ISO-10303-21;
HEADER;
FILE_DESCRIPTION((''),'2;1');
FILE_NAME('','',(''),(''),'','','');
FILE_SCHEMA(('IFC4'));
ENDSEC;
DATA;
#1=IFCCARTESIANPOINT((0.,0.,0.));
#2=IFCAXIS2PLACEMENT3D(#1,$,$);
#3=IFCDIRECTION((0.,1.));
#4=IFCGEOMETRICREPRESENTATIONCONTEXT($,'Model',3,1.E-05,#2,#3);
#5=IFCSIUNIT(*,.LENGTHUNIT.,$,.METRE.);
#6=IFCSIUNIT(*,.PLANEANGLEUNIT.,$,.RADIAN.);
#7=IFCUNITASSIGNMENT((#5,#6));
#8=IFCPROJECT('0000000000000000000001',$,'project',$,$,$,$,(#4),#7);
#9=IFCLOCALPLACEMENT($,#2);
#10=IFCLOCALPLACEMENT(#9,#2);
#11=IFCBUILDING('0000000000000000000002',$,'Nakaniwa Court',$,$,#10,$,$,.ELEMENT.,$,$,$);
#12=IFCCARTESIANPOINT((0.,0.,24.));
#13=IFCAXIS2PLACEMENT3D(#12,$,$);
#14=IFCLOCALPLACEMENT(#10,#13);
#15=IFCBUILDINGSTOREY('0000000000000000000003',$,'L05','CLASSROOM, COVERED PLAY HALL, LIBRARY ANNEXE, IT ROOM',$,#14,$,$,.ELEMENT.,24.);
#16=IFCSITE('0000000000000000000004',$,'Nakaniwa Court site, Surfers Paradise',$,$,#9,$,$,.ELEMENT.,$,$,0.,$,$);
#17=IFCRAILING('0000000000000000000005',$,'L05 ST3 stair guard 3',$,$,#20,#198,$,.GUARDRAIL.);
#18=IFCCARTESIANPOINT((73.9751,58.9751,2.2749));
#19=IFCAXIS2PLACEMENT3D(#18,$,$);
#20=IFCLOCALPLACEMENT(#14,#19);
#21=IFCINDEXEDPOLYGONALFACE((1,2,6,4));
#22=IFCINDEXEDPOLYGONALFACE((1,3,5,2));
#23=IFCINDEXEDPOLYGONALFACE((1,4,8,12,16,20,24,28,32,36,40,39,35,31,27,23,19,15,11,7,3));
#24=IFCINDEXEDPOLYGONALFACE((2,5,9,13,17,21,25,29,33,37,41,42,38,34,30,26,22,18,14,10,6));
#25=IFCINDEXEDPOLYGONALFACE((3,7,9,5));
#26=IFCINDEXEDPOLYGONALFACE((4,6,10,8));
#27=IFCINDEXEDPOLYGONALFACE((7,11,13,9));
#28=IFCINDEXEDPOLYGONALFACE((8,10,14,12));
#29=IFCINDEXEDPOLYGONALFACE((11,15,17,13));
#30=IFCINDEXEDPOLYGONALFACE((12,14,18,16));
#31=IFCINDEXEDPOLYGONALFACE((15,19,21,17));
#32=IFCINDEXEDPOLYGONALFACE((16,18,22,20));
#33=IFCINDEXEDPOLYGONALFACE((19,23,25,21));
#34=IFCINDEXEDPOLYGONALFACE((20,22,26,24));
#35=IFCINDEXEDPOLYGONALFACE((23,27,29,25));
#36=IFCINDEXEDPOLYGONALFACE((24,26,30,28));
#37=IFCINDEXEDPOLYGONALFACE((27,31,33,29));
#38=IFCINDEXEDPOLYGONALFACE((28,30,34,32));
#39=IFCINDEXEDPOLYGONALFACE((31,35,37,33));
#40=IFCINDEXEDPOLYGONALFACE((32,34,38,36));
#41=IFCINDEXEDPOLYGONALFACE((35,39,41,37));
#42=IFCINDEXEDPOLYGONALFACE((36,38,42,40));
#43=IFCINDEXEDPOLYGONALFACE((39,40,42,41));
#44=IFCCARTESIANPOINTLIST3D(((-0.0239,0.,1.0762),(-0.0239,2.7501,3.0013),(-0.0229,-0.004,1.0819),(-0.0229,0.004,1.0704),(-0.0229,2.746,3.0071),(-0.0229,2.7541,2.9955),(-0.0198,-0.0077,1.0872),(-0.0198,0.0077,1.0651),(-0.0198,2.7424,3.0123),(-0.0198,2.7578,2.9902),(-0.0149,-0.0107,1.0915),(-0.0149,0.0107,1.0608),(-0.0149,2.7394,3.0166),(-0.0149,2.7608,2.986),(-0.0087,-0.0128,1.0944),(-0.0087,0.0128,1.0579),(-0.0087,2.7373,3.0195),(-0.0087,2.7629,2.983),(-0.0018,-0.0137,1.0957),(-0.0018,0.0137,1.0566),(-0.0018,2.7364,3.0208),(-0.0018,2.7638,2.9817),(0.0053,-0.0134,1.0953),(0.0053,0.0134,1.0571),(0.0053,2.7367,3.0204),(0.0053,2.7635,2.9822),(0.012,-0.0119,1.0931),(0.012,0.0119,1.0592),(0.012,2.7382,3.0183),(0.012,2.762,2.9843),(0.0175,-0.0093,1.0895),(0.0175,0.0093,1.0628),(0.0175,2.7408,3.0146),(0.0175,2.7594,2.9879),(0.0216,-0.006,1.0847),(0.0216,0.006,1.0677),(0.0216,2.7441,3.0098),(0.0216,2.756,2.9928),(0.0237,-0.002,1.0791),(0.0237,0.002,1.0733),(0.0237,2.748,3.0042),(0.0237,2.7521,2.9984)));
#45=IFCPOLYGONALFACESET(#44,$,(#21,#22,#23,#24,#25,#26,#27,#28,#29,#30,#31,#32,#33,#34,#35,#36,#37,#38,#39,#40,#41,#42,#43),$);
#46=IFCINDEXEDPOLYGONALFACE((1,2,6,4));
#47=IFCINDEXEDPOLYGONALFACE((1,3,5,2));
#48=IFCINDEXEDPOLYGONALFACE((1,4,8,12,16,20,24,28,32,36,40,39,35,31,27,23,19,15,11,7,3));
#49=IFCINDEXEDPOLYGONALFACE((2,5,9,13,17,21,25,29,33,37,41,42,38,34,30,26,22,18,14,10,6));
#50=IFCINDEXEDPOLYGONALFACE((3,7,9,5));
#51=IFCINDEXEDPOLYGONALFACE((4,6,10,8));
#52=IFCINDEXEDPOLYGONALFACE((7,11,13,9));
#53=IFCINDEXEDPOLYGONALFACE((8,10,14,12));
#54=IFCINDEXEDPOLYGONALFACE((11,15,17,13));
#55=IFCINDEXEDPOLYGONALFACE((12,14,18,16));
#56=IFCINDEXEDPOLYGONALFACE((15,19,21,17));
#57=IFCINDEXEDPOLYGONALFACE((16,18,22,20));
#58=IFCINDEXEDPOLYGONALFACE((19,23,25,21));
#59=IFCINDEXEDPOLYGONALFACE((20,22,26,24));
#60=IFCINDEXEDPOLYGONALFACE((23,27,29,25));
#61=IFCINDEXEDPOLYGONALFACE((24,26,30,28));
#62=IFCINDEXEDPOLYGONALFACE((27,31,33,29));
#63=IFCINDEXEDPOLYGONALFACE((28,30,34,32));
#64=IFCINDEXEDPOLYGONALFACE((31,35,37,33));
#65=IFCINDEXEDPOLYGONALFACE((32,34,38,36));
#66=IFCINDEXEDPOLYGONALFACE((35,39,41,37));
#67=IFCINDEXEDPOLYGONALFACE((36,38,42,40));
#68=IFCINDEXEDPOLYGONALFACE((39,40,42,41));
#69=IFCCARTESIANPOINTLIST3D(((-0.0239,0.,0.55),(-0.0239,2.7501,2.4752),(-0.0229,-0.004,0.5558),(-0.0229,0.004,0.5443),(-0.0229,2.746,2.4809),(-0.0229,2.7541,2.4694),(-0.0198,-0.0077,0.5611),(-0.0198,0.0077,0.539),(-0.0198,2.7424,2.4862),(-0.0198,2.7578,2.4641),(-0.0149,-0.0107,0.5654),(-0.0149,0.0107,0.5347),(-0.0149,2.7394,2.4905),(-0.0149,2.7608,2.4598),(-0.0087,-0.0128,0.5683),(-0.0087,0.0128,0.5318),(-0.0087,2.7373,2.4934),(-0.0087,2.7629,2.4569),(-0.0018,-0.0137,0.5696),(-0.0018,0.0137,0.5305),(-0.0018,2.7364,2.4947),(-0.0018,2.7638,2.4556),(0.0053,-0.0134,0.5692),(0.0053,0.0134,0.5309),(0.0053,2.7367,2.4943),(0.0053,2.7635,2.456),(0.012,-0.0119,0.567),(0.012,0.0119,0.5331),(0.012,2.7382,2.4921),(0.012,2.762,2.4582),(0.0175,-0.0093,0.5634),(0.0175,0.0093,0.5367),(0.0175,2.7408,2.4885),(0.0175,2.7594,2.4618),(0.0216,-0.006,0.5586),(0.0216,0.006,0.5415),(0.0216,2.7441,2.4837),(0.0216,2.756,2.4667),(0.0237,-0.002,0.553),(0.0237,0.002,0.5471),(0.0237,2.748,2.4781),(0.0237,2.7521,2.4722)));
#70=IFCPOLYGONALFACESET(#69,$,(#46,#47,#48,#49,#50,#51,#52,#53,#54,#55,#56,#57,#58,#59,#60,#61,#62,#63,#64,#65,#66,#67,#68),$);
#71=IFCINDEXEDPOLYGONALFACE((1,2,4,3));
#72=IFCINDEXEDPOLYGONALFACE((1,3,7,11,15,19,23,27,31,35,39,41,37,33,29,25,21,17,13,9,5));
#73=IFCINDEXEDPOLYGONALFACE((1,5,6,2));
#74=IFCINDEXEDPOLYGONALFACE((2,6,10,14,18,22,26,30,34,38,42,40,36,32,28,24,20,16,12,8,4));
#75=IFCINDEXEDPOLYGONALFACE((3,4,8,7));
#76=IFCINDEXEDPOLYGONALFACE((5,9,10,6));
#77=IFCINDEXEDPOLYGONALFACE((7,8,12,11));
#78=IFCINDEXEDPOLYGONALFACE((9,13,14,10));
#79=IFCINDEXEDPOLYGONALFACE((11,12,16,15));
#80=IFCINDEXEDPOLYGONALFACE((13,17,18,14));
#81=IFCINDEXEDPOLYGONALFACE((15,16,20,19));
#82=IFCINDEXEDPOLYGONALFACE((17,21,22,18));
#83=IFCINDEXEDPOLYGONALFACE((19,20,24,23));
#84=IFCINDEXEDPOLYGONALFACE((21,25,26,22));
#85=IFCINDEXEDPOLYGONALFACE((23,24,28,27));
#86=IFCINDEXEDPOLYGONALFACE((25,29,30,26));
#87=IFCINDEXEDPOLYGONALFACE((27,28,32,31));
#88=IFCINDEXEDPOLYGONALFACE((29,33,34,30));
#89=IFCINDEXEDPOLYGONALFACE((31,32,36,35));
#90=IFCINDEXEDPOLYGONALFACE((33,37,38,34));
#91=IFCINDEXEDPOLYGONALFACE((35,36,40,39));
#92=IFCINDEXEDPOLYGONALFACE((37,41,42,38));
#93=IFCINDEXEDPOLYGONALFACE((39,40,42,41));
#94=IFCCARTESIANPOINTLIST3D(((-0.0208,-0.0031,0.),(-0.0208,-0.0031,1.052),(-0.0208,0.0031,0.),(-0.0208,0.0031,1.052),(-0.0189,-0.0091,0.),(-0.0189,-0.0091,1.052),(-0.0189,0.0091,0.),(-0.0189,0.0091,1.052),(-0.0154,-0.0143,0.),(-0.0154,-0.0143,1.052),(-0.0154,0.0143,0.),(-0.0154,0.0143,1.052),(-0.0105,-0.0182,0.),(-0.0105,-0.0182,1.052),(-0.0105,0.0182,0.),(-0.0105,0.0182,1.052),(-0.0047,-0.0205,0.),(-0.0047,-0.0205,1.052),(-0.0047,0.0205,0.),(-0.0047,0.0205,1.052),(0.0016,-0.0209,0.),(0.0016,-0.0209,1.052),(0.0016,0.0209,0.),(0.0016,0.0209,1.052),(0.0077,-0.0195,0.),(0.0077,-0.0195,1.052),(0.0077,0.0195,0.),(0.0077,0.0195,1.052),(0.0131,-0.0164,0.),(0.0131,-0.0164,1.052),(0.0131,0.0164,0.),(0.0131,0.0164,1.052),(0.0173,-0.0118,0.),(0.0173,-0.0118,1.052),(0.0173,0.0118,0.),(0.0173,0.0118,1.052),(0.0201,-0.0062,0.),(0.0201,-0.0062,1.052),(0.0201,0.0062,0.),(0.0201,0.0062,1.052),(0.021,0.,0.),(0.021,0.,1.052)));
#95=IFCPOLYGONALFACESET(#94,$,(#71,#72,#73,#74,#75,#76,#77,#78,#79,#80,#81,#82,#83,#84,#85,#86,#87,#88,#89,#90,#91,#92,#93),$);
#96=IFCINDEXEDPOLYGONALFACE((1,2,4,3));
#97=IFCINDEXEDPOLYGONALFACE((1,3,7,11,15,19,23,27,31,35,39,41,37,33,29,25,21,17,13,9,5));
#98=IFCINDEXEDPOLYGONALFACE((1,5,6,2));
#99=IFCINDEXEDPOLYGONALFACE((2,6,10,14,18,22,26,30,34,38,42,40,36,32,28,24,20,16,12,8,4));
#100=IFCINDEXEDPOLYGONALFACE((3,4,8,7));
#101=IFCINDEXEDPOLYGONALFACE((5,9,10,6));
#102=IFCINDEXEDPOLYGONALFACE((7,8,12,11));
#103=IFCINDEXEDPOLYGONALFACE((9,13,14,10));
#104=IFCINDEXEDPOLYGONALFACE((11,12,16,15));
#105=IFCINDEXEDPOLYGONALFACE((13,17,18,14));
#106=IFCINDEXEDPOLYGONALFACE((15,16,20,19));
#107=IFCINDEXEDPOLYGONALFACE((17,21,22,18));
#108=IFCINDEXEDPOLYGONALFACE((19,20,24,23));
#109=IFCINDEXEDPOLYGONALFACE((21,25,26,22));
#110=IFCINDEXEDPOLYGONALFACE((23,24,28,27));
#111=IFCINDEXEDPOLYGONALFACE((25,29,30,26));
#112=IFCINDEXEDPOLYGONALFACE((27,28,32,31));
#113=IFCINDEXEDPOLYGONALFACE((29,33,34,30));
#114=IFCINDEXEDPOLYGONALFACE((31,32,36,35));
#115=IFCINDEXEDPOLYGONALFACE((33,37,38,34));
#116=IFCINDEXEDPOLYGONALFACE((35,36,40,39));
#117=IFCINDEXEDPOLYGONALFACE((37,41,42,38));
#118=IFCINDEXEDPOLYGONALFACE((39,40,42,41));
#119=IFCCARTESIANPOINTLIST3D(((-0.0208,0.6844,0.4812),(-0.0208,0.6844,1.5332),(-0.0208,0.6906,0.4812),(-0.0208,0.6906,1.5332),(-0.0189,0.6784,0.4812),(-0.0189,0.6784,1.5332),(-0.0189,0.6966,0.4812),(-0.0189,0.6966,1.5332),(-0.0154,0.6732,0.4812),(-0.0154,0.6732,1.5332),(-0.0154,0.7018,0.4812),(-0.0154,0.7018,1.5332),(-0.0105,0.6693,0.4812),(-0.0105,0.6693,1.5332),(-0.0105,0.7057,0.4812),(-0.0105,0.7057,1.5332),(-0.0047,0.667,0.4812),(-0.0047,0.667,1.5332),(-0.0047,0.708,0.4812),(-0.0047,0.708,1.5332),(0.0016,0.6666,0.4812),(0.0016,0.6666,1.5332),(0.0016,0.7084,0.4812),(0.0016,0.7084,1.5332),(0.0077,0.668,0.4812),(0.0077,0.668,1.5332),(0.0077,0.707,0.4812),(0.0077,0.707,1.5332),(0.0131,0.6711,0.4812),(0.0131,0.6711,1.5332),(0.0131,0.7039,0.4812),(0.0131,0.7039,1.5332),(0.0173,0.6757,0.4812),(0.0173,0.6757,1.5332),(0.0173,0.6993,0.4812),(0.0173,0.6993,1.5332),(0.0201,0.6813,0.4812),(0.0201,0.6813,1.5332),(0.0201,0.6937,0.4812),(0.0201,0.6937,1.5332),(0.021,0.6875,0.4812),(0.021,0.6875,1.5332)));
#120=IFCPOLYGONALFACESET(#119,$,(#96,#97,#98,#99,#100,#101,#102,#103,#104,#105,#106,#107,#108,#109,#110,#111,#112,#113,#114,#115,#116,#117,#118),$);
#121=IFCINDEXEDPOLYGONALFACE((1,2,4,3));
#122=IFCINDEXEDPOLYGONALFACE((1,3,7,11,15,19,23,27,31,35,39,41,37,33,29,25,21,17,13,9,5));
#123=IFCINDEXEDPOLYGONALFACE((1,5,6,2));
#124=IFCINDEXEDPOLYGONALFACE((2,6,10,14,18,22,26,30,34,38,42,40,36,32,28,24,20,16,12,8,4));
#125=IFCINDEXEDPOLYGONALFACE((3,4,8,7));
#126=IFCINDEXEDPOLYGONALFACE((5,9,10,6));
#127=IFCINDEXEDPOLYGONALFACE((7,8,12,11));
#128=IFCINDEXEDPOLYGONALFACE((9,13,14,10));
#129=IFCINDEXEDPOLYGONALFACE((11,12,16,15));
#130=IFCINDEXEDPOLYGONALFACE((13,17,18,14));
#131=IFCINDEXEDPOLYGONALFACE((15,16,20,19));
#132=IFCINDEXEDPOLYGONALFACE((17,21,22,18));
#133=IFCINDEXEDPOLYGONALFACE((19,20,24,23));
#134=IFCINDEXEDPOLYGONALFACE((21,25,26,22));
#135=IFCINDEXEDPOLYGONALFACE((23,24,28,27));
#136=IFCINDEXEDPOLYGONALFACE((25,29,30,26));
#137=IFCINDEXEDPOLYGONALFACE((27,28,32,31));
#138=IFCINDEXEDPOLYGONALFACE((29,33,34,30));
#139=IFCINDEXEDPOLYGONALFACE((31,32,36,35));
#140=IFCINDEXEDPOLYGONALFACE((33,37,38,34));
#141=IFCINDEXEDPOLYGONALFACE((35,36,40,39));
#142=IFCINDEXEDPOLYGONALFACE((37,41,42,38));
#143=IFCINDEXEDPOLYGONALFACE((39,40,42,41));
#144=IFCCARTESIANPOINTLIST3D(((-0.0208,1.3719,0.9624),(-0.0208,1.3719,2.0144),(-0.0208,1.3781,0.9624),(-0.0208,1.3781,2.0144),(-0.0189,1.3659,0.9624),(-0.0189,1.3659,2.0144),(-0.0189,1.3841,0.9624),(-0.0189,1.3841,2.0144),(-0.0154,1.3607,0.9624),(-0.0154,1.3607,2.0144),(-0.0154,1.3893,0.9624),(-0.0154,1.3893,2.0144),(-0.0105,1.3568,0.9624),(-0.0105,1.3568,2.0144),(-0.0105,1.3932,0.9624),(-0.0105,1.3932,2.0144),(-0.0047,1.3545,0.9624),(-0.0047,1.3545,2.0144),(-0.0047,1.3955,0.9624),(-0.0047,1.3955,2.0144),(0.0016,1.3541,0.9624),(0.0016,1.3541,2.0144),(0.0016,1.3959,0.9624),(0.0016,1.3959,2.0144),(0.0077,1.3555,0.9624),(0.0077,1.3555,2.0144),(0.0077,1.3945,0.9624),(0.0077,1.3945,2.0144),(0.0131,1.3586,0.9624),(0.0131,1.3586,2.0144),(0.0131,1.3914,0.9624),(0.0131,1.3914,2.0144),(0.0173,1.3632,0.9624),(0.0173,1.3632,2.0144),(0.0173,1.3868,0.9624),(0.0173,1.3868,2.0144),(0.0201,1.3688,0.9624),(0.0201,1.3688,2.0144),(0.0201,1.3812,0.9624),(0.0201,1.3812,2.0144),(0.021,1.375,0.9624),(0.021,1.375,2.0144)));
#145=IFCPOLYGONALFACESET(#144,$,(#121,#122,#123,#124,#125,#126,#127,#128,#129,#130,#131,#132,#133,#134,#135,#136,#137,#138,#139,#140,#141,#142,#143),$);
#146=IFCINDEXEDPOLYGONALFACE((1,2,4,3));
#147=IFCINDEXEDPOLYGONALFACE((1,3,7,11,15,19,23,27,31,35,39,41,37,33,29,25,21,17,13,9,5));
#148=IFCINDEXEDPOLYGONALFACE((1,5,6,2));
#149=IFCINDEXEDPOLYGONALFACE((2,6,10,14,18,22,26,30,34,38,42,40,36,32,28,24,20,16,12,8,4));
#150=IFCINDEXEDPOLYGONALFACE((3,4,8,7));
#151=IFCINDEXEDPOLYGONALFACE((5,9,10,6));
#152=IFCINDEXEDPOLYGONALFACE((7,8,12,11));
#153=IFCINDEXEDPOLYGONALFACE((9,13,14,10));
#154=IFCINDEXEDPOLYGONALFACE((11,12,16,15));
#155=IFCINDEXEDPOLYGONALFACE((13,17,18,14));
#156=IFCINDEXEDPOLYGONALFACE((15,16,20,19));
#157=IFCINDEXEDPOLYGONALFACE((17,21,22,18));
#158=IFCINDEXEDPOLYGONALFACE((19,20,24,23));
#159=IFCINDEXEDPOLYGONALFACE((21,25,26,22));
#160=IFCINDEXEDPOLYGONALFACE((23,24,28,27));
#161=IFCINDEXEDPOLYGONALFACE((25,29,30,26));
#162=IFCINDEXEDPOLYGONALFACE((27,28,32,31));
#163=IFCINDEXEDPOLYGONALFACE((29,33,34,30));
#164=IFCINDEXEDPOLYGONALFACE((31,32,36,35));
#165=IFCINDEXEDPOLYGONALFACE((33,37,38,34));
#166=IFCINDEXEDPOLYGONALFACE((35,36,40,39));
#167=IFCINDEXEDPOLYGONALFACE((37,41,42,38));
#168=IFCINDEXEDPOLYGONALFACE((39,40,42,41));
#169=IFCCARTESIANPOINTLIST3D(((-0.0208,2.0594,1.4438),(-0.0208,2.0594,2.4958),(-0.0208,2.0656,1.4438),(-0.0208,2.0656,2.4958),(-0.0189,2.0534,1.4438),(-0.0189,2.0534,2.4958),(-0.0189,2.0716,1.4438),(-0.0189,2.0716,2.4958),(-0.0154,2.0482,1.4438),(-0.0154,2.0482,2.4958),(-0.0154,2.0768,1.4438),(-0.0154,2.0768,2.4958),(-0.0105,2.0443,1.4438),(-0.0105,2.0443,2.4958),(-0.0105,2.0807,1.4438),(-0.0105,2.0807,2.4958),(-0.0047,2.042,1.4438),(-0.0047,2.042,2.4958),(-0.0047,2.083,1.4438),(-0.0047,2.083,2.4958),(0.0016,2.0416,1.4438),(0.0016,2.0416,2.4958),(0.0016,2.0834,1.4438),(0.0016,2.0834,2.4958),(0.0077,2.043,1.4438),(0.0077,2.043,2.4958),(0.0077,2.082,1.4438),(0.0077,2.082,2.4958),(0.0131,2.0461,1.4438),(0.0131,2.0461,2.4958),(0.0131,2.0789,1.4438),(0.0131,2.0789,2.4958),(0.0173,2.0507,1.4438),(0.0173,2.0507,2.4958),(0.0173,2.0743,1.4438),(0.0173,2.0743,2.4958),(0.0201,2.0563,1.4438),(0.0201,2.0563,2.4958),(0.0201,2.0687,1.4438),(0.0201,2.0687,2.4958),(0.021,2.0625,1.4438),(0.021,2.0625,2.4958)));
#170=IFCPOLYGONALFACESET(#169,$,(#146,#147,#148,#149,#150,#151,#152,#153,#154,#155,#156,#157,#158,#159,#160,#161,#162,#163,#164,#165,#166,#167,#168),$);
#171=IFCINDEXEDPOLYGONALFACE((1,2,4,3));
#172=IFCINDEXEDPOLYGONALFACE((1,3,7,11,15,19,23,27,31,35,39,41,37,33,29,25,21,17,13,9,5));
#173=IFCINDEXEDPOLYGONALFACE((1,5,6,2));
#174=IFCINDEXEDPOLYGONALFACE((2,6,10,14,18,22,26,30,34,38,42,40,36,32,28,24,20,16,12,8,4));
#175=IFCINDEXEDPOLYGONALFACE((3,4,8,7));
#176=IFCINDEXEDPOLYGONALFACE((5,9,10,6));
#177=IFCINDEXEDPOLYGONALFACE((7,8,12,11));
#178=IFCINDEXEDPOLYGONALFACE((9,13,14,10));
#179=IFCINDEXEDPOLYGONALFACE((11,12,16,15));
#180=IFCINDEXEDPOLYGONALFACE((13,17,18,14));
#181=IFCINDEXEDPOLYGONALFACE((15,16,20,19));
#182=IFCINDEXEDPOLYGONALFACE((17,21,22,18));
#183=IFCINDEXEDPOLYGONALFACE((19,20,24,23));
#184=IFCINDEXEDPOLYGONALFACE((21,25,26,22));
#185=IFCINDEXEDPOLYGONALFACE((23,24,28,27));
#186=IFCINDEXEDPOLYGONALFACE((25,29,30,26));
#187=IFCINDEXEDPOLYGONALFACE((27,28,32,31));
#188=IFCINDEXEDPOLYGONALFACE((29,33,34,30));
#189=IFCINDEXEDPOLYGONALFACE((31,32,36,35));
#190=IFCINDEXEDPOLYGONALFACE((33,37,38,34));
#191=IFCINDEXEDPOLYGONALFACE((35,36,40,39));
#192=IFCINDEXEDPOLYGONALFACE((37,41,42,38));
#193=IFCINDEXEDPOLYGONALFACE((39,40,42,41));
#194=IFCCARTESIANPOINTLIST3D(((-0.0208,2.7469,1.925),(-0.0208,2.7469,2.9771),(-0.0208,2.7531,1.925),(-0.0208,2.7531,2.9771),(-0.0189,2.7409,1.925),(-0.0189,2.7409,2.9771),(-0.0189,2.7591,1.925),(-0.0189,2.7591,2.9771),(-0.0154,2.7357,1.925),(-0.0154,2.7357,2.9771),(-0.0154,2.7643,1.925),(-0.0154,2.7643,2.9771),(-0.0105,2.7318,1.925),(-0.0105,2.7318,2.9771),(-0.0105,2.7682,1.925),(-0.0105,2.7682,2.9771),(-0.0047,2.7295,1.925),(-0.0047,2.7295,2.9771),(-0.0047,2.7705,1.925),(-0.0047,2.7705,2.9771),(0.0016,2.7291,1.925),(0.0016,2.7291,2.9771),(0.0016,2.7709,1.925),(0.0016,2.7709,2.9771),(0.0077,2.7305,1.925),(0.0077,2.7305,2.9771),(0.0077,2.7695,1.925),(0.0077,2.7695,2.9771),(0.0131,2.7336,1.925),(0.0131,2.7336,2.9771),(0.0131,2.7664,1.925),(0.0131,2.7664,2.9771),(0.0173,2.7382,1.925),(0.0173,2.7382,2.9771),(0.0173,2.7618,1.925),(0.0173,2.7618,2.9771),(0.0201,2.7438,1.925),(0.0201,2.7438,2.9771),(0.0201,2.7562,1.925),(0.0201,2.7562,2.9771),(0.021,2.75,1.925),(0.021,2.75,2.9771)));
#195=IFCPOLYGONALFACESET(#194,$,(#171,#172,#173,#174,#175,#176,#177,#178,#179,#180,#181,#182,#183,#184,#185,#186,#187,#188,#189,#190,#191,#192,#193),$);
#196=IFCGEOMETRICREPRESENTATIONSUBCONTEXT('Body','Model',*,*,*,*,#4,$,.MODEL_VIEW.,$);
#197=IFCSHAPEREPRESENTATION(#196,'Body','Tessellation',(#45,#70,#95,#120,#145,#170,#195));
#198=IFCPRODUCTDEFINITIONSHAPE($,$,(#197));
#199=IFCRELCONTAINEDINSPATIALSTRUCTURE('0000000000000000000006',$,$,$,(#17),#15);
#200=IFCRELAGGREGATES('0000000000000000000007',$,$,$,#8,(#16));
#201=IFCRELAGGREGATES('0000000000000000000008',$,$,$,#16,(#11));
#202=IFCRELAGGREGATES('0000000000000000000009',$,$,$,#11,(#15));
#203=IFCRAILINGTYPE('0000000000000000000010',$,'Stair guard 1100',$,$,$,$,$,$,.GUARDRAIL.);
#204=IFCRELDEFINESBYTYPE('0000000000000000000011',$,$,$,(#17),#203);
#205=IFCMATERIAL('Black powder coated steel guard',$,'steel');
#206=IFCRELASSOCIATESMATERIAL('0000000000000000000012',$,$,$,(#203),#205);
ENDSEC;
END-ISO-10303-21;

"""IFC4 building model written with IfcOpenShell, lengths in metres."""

from ifc_helpers import new_model, si_unit, direction, frame, origin, origin_2d, place, context, subcontext, project, spatial, circle, extrude, material, type_object, element, save


model = new_model("IFC4")

# Units and contexts
model_context = context("Model", 3, precision=1e-05, world=origin(), true_north=direction((0.0, 1.0)))
body_context = subcontext(model_context, "Body", "Model", "MODEL_VIEW")
ifc_project = project(units=[si_unit("LENGTHUNIT", "METRE"), si_unit("PLANEANGLEUNIT", "RADIAN")], contexts=[model_context])

# Site, building, storey
site_placement = place(None, origin())
site = spatial("IfcSite", under=ifc_project, at=site_placement, Name="Nakaniwa Court site, Surfers Paradise", CompositionType="ELEMENT", RefElevation=0.0)
building_placement = place(site_placement, origin())
building = spatial("IfcBuilding", under=site, at=building_placement, Name="Nakaniwa Court", CompositionType="ELEMENT")
storey_placement = place(building_placement, frame((0.0, 0.0, 24.0)))
storey = spatial("IfcBuildingStorey", under=building, at=storey_placement, Name="L05", Description="CLASSROOM, COVERED PLAY HALL, LIBRARY ANNEXE, IT ROOM", CompositionType="ELEMENT", Elevation=24.0)

# Railing
ifc_material_1 = material(Name="Black powder coated steel guard", Category="steel")
railing_type_1 = type_object("IfcRailingType", Name="Stair guard 1100", PredefinedType="GUARDRAIL", material=ifc_material_1)
railing_1_placement = place(storey_placement, frame((73.9751, 58.9751, 2.2749)))
element("IfcRailing", 1, at=railing_1_placement, inside=storey, type_object=railing_type_1, Name="L05 ST3 stair guard 3", PredefinedType="GUARDRAIL", context=body_context, shape_type="SweptSolid", body=[
    extrude(circle(Radius=0.0239, at=origin_2d()), frame((0.0, 0.0, 1.0762), z_axis=(0.0, 0.819225, 0.573472), x_axis=(-1.0, 0.0, 0.0)), (0.0, 0.0, 1.0), 3.3569),
    extrude(circle(Radius=0.0239, at=origin_2d()), frame((0.0, 0.0, 0.55), z_axis=(0.0, 0.819225, 0.573472), x_axis=(-1.0, 0.0, 0.0)), (0.0, 0.0, 1.0), 3.3569),
    extrude(circle(Radius=0.021, at=origin_2d()), origin(), (0.0, 0.0, 1.0), 1.052),
    extrude(circle(Radius=0.021, at=origin_2d()), frame((0.0, 0.6875, 0.4812)), (0.0, 0.0, 1.0), 1.052),
    extrude(circle(Radius=0.021, at=origin_2d()), frame((0.0, 1.375, 0.9624)), (0.0, 0.0, 1.0), 1.052),
    extrude(circle(Radius=0.021, at=origin_2d()), frame((0.0, 2.0625, 1.4438)), (0.0, 0.0, 1.0), 1.052),
    extrude(circle(Radius=0.021, at=origin_2d()), frame((0.0, 2.75, 1.925)), (0.0, 0.0, 1.0), 1.052),
])

save(model, "model.ifc")
